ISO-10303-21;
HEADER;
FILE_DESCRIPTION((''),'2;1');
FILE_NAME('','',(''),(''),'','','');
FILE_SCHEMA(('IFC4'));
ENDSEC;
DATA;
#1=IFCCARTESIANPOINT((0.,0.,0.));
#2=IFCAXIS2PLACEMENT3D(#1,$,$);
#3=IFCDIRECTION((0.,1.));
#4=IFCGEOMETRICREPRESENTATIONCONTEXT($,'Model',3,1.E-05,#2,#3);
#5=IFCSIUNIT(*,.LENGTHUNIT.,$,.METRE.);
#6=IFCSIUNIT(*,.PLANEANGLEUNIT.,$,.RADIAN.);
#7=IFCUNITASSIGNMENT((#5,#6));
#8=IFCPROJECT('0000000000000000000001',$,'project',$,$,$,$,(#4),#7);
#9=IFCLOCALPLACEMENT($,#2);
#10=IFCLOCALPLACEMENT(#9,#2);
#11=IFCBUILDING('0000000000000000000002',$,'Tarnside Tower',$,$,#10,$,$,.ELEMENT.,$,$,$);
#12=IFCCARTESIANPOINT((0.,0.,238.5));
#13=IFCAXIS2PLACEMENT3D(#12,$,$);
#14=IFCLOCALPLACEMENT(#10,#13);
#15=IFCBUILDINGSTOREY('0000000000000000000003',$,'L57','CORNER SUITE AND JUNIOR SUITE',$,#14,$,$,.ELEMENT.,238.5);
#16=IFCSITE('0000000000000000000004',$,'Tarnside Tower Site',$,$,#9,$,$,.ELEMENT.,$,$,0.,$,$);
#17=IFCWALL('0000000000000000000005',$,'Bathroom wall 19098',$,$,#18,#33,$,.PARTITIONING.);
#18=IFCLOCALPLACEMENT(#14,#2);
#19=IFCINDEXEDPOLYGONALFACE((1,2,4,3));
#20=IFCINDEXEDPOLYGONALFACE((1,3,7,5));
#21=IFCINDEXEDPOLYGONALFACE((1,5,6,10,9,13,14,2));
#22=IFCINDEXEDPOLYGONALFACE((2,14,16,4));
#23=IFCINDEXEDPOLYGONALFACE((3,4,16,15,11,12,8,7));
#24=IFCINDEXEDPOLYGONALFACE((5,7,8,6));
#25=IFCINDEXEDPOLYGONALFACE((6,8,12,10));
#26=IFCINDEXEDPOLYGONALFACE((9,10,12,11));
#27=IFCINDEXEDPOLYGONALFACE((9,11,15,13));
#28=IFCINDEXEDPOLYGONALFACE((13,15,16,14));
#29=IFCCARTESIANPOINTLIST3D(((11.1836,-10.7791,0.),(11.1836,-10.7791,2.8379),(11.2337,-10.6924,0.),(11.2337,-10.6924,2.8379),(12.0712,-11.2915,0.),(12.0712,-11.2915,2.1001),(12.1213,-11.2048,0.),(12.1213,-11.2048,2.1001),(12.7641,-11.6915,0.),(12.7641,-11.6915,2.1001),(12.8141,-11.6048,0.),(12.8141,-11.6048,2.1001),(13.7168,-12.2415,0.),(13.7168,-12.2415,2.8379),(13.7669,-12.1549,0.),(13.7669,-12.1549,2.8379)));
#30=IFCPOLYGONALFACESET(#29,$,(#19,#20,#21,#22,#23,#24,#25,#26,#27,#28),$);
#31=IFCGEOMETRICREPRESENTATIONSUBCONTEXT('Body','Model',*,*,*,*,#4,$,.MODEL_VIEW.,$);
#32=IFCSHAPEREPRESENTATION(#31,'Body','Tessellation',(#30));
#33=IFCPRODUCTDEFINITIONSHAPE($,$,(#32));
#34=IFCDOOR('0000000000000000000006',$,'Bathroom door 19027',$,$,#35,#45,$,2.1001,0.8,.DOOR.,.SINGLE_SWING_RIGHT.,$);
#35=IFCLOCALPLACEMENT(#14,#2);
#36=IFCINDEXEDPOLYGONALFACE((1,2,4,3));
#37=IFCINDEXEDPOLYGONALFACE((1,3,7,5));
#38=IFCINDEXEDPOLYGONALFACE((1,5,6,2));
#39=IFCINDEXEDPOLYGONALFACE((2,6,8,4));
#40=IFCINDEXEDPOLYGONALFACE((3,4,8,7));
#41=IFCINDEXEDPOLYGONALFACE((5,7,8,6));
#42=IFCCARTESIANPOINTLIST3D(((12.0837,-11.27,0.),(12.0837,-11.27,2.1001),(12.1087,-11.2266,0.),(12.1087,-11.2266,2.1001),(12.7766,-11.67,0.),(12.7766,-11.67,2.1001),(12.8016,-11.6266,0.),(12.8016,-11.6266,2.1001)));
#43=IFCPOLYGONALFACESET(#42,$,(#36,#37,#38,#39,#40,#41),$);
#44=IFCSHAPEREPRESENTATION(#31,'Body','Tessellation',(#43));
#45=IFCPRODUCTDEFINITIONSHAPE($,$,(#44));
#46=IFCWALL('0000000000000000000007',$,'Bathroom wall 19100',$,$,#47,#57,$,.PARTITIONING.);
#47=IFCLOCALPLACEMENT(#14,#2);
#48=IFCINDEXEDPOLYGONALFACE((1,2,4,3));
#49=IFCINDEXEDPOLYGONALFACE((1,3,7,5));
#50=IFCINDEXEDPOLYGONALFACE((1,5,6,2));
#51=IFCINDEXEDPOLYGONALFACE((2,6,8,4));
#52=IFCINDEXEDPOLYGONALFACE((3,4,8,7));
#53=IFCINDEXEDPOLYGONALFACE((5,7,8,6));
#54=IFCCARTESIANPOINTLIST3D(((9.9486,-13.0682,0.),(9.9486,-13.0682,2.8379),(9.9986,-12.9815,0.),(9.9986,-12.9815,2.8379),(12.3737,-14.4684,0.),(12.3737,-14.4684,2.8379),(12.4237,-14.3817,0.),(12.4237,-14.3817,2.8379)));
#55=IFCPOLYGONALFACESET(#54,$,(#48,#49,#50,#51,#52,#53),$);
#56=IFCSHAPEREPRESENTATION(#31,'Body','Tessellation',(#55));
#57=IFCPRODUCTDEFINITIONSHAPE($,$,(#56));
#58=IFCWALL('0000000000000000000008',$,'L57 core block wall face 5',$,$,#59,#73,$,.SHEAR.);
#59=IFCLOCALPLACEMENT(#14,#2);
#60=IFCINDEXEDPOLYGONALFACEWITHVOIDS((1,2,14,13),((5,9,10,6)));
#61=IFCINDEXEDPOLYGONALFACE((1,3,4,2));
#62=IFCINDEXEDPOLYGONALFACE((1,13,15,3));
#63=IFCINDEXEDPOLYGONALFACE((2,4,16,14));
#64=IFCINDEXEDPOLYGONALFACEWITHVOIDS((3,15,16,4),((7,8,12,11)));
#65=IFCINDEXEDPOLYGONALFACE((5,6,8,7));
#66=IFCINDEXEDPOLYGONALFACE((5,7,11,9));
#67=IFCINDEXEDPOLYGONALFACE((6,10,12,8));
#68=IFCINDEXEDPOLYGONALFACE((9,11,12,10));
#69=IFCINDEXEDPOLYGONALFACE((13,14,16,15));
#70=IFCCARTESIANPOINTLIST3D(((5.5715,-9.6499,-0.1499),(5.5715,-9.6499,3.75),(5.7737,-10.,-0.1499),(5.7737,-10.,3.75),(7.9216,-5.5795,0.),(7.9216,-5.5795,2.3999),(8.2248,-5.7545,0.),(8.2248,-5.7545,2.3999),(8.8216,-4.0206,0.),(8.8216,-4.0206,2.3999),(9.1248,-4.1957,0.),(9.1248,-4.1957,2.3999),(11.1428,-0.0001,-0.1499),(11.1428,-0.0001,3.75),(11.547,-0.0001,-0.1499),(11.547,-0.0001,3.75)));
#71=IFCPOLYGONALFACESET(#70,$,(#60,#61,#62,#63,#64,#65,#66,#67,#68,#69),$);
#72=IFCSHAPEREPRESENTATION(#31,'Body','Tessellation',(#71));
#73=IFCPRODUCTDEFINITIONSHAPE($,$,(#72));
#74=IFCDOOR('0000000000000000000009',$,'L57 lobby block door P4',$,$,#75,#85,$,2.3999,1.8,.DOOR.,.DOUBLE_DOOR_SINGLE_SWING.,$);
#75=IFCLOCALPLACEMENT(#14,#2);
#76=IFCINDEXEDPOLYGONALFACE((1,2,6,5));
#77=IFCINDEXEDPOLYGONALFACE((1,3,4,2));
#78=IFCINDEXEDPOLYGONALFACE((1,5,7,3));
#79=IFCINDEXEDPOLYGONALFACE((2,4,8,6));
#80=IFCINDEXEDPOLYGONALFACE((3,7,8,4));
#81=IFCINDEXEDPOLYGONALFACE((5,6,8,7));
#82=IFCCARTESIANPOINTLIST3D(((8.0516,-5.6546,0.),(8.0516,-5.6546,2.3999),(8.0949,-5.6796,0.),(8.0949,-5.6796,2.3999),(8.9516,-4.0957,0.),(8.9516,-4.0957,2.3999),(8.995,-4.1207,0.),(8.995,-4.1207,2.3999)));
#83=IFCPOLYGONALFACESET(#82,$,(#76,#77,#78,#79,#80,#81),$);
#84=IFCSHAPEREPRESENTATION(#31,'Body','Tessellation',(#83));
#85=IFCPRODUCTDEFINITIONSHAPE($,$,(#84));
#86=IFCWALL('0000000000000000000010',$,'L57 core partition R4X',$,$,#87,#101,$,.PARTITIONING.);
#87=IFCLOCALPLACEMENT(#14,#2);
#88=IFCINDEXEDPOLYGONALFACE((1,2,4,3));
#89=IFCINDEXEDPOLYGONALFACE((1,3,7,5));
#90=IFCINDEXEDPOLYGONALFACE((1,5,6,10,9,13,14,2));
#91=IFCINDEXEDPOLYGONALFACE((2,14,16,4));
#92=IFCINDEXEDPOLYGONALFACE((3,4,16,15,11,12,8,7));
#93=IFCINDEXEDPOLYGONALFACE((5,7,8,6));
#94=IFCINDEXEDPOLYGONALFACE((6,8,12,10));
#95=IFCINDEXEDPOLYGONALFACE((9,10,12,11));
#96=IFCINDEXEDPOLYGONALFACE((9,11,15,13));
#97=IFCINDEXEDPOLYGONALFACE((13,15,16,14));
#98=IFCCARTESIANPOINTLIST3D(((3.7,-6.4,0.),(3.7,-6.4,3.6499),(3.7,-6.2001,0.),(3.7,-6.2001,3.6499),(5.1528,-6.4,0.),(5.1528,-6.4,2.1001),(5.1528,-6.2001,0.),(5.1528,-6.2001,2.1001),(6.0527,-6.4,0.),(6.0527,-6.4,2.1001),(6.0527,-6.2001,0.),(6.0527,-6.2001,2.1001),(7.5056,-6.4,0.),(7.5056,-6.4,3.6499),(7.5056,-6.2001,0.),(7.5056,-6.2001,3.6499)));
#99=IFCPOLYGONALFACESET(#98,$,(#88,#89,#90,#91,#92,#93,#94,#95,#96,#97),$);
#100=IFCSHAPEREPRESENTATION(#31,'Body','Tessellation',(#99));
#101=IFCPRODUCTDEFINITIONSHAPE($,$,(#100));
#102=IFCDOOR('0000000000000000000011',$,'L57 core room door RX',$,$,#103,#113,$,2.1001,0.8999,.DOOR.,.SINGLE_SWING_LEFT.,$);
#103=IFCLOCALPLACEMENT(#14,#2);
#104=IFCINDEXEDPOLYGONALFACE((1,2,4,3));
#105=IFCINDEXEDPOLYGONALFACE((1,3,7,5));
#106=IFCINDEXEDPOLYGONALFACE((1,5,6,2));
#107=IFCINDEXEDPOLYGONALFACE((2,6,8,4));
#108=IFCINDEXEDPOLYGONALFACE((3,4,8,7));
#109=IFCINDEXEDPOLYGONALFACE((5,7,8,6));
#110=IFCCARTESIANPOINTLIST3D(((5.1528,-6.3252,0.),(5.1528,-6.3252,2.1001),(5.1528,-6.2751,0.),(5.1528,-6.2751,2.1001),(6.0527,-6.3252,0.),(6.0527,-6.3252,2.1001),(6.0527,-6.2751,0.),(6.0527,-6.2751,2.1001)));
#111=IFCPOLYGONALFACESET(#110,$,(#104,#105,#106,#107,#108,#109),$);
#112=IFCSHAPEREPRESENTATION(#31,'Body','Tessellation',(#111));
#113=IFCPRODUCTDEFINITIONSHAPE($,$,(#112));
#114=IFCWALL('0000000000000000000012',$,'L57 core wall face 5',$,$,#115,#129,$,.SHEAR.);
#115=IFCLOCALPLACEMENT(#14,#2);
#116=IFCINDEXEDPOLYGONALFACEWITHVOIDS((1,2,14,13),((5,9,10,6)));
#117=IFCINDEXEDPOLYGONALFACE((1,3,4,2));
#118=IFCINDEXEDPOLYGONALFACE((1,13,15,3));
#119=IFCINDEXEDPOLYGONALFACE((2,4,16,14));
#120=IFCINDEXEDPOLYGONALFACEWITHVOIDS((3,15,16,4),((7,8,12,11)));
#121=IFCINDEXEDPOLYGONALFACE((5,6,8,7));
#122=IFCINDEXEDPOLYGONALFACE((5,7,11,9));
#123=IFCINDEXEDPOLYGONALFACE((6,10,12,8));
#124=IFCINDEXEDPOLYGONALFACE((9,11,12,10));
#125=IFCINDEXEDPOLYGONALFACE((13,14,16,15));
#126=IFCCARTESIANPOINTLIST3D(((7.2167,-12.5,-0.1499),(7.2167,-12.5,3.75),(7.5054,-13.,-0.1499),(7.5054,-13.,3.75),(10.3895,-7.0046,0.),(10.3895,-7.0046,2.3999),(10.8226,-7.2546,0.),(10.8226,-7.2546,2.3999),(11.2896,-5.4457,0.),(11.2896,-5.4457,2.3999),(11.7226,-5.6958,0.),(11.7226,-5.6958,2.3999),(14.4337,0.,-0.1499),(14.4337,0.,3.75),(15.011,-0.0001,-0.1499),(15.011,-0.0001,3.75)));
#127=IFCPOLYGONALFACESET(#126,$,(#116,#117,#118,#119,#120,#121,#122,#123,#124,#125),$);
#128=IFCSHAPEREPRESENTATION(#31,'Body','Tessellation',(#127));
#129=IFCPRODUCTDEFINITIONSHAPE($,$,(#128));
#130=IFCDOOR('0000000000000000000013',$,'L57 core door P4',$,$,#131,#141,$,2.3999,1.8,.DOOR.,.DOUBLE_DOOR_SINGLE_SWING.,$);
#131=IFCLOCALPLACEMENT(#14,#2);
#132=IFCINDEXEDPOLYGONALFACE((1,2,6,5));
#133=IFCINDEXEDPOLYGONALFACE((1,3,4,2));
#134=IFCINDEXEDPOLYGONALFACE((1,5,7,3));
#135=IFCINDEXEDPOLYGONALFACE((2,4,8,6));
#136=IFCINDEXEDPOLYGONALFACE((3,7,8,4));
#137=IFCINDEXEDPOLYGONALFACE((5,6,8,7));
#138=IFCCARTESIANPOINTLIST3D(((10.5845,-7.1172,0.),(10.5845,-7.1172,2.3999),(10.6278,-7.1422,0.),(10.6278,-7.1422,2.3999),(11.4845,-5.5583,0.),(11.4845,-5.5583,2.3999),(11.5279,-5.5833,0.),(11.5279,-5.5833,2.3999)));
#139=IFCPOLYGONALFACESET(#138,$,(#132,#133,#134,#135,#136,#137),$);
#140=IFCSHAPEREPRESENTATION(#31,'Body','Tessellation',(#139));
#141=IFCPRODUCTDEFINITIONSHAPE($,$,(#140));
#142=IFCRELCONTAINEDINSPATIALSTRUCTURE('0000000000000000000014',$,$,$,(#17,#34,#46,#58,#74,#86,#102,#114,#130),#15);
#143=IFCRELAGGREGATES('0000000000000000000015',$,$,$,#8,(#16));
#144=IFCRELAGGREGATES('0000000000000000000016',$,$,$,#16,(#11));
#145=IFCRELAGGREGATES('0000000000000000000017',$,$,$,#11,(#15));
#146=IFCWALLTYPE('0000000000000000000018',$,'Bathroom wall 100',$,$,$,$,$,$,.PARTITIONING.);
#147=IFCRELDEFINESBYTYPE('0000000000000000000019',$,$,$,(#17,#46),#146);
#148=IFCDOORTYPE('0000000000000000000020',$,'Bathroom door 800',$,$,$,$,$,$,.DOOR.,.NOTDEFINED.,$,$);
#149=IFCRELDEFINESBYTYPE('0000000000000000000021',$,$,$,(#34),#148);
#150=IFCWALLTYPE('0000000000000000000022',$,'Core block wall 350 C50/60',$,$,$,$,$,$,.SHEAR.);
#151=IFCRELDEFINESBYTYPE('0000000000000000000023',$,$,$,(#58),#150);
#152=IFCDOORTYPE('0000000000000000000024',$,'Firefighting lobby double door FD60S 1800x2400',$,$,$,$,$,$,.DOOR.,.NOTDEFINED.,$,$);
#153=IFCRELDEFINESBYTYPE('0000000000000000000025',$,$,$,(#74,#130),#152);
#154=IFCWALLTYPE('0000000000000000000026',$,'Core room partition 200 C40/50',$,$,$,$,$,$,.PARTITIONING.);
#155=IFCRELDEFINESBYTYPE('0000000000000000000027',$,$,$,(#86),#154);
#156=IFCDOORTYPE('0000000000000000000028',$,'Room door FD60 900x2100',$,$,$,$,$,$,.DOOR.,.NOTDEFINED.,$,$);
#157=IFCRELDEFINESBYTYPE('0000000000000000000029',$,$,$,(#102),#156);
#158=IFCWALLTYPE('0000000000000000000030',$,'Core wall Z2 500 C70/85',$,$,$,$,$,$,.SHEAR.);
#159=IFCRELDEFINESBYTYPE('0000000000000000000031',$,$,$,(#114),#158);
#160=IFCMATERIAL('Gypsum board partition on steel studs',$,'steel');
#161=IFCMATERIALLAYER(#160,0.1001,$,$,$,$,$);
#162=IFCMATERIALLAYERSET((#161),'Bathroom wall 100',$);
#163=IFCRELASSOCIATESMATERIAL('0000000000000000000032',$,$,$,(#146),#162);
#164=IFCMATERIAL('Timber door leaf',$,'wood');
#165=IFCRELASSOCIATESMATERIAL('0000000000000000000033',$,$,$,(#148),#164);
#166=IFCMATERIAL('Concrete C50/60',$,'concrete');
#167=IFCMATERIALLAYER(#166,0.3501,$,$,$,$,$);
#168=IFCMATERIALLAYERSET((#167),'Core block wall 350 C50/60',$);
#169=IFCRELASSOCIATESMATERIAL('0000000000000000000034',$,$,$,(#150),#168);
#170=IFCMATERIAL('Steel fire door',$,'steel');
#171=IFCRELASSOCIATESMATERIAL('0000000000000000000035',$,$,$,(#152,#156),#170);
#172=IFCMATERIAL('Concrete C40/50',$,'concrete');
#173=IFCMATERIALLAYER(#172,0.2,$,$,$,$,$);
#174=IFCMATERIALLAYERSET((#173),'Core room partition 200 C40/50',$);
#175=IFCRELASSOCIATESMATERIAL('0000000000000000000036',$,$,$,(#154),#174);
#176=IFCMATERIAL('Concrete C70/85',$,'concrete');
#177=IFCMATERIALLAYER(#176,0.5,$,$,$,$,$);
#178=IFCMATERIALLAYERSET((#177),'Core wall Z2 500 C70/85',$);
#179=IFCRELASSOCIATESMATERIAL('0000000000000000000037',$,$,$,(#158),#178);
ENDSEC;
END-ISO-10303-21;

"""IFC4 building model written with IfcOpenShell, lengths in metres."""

from ifc_helpers import new_model, si_unit, direction, frame, frame_2d, origin, place, context, subcontext, project, spatial, polyline, rectangle, outline, extrude, material, layer, layer_set, type_object, element, fill, save


model = new_model("IFC4")

# Units and contexts
model_context = context("Model", 3, precision=1e-05, world=origin(), true_north=direction((0.0, 1.0)))
body_context = subcontext(model_context, "Body", "Model", "MODEL_VIEW")
ifc_project = project(units=[si_unit("LENGTHUNIT", "METRE"), si_unit("PLANEANGLEUNIT", "RADIAN")], contexts=[model_context])

# Site, building, storey
site_placement = place(None, origin())
site = spatial("IfcSite", under=ifc_project, at=site_placement, Name="Tarnside Tower Site", CompositionType="ELEMENT", RefElevation=0.0)
building_placement = place(site_placement, origin())
building = spatial("IfcBuilding", under=site, at=building_placement, Name="Tarnside Tower", CompositionType="ELEMENT")
storey_placement = place(building_placement, frame((0.0, 0.0, 238.5)))
storey = spatial("IfcBuildingStorey", under=building, at=storey_placement, Name="L57", Description="CORNER SUITE AND JUNIOR SUITE", CompositionType="ELEMENT", Elevation=238.5)

# Wall, opening, door
ifc_material_1 = material(Name="Gypsum board partition on steel studs", Category="steel")
ifc_layer_1 = layer(ifc_material_1, 0.1001)
ifc_layer_set_1 = layer_set([ifc_layer_1], Name="Bathroom wall 100")
wall_type_1 = type_object("IfcWallType", Name="Bathroom wall 100", PredefinedType="PARTITIONING", material=ifc_layer_set_1)
wall_1_placement = place(storey_placement, frame((11.2087, -10.7358, 0.0), z_axis=(0.0, 0.0, 1.0), x_axis=(0.866047, -0.499963, 0.0)))
wall_1 = element("IfcWall", 1, at=wall_1_placement, inside=storey, type_object=wall_type_1, Name="Bathroom wall 19098", PredefinedType="PARTITIONING", context=body_context, shape_type="SweptSolid", body=[
    extrude(rectangle(XDim=2.925, YDim=0.1001, at=frame_2d((1.4624, 0.0))), origin(), (0.0, 0.0, 1.0), 2.8379),
])
opening_1_placement = place(wall_1_placement, frame((1.0249, 0.0, 0.0)))
opening_1 = element("IfcOpeningElement", 2, at=opening_1_placement, cuts=wall_1, PredefinedType="OPENING", context=body_context, shape_type="SweptSolid", body=[
    extrude(rectangle(XDim=0.8, YDim=2.1001, at=frame_2d((0.3999, 1.05))), frame((0.0, 0.0601, 0.0), z_axis=(0.0, -1.0, 0.0), x_axis=(1.0, 0.0, 0.0)), (0.0, 0.0, 1.0), 0.1201),
])
ifc_material_2 = material(Name="Timber door leaf", Category="wood")
door_type_1 = type_object("IfcDoorType", Name="Bathroom door 800", OperationType="NOTDEFINED", PredefinedType="DOOR", material=ifc_material_2)
door_1_placement = place(opening_1_placement, origin())
door_1 = element("IfcDoor", 3, at=door_1_placement, inside=storey, type_object=door_type_1, Name="Bathroom door 19027", OperationType="SINGLE_SWING_RIGHT", OverallHeight=2.1001, OverallWidth=0.8, PredefinedType="DOOR", context=body_context, shape_type="SweptSolid", body=[
    extrude(rectangle(XDim=0.8, YDim=2.1001, at=frame_2d((0.3999, 1.05))), frame((0.0, 0.0249, 0.0), z_axis=(0.0, -1.0, 0.0), x_axis=(1.0, 0.0, 0.0)), (0.0, 0.0, 1.0), 0.05),
])
fill(opening_1, door_1)

# Wall
wall_2_placement = place(storey_placement, frame((12.3987, -14.425, 0.0), z_axis=(0.0, 0.0, 1.0), x_axis=(-0.866019, 0.500012, 0.0)))
element("IfcWall", 4, at=wall_2_placement, inside=storey, type_object=wall_type_1, Name="Bathroom wall 19100", PredefinedType="PARTITIONING", context=body_context, shape_type="SweptSolid", body=[
    extrude(rectangle(XDim=2.8003, YDim=0.1001, at=frame_2d((1.4001, 0.0))), origin(), (0.0, 0.0, 1.0), 2.8379),
])

# Walls, openings, doors
ifc_material_3 = material(Name="Concrete C50/60", Category="concrete")
ifc_layer_2 = layer(ifc_material_3, 0.3501)
ifc_layer_set_2 = layer_set([ifc_layer_2], Name="Core block wall 350 C50/60")
wall_type_2 = type_object("IfcWallType", Name="Core block wall 350 C50/60", PredefinedType="SHEAR", material=ifc_layer_set_2)
wall_3_placement = place(storey_placement, frame((5.6726, -9.825, -0.1499), z_axis=(0.0, 0.0, 1.0), x_axis=(0.499995, 0.866028, 0.0)))
wall_3 = element("IfcWall", 5, at=wall_3_placement, inside=storey, type_object=wall_type_2, Name="L57 core block wall face 5", PredefinedType="SHEAR", context=body_context, shape_type="SweptSolid", body=[
    extrude(outline(polyline([(-0.1011, -0.175), (11.4458, -0.175), (11.2437, 0.175), (0.1011, 0.175), (-0.1011, -0.175)])), origin(), (0.0, 0.0, 1.0), 3.8999),
])
opening_2_placement = place(wall_3_placement, frame((4.8013, 0.0, 0.1499)))
opening_2 = element("IfcOpeningElement", 6, at=opening_2_placement, cuts=wall_3, PredefinedType="OPENING", context=body_context, shape_type="SweptSolid", body=[
    extrude(rectangle(XDim=1.8, YDim=2.3999, at=frame_2d((0.8999, 1.2))), frame((0.0, 0.1851, 0.0), z_axis=(0.0, -1.0, 0.0), x_axis=(1.0, 0.0, 0.0)), (0.0, 0.0, 1.0), 0.3701),
])
ifc_material_4 = material(Name="Steel fire door", Category="steel")
door_type_2 = type_object("IfcDoorType", Name="Firefighting lobby double door FD60S 1800x2400", OperationType="NOTDEFINED", PredefinedType="DOOR", material=ifc_material_4)
door_2_placement = place(opening_2_placement, origin())
door_2 = element("IfcDoor", 7, at=door_2_placement, inside=storey, type_object=door_type_2, Name="L57 lobby block door P4", OperationType="DOUBLE_DOOR_SINGLE_SWING", OverallHeight=2.3999, OverallWidth=1.8, PredefinedType="DOOR", context=body_context, shape_type="SweptSolid", body=[
    extrude(rectangle(XDim=1.8, YDim=2.3999, at=frame_2d((0.8999, 1.2))), frame((0.0, 0.0249, 0.0), z_axis=(0.0, -1.0, 0.0), x_axis=(1.0, 0.0, 0.0)), (0.0, 0.0, 1.0), 0.05),
])
fill(opening_2, door_2)
ifc_material_5 = material(Name="Concrete C40/50", Category="concrete")
ifc_layer_3 = layer(ifc_material_5, 0.2)
ifc_layer_set_3 = layer_set([ifc_layer_3], Name="Core room partition 200 C40/50")
wall_type_3 = type_object("IfcWallType", Name="Core room partition 200 C40/50", PredefinedType="PARTITIONING", material=ifc_layer_set_3)
wall_4_placement = place(storey_placement, frame((3.7, -6.3, 0.0), z_axis=(0.0, 0.0, 1.0), x_axis=(1.0, 0.0, 0.0)))
wall_4 = element("IfcWall", 8, at=wall_4_placement, inside=storey, type_object=wall_type_3, Name="L57 core partition R4X", PredefinedType="PARTITIONING", context=body_context, shape_type="SweptSolid", body=[
    extrude(rectangle(XDim=3.8057, YDim=0.2, at=frame_2d((1.9028, 0.0))), origin(), (0.0, 0.0, 1.0), 3.6499),
])
opening_3_placement = place(wall_4_placement, frame((1.4529, 0.0, 0.0)))
opening_3 = element("IfcOpeningElement", 9, at=opening_3_placement, cuts=wall_4, PredefinedType="OPENING", context=body_context, shape_type="SweptSolid", body=[
    extrude(rectangle(XDim=0.8999, YDim=2.1001, at=frame_2d((0.45, 1.05))), frame((0.0, 0.1099, 0.0), z_axis=(0.0, -1.0, 0.0), x_axis=(1.0, 0.0, 0.0)), (0.0, 0.0, 1.0), 0.22),
])
door_type_3 = type_object("IfcDoorType", Name="Room door FD60 900x2100", OperationType="NOTDEFINED", PredefinedType="DOOR", material=ifc_material_4)
door_3_placement = place(opening_3_placement, origin())
door_3 = element("IfcDoor", 10, at=door_3_placement, inside=storey, type_object=door_type_3, Name="L57 core room door RX", OperationType="SINGLE_SWING_LEFT", OverallHeight=2.1001, OverallWidth=0.8999, PredefinedType="DOOR", context=body_context, shape_type="SweptSolid", body=[
    extrude(rectangle(XDim=0.8999, YDim=2.1001, at=frame_2d((0.45, 1.05))), frame((0.0, 0.0249, 0.0), z_axis=(0.0, -1.0, 0.0), x_axis=(1.0, 0.0, 0.0)), (0.0, 0.0, 1.0), 0.05),
])
fill(opening_3, door_3)
ifc_material_6 = material(Name="Concrete C70/85", Category="concrete")
ifc_layer_4 = layer(ifc_material_6, 0.5)
ifc_layer_set_4 = layer_set([ifc_layer_4], Name="Core wall Z2 500 C70/85")
wall_type_4 = type_object("IfcWallType", Name="Core wall Z2 500 C70/85", PredefinedType="SHEAR", material=ifc_layer_set_4)
wall_5_placement = place(storey_placement, frame((7.3611, -12.75, -0.1499), z_axis=(0.0, 0.0, 1.0), x_axis=(0.500006, 0.866022, 0.0)))
wall_5 = element("IfcWall", 11, at=wall_5_placement, inside=storey, type_object=wall_type_4, Name="L57 core wall face 5", PredefinedType="SHEAR", context=body_context, shape_type="SweptSolid", body=[
    extrude(outline(polyline([(-0.1443, -0.25), (14.8667, -0.25), (14.5781, 0.25), (0.1443, 0.25), (-0.1443, -0.25)])), origin(), (0.0, 0.0, 1.0), 3.8999),
])
opening_4_placement = place(wall_5_placement, frame((6.49, 0.0, 0.1499)))
opening_4 = element("IfcOpeningElement", 12, at=opening_4_placement, cuts=wall_5, PredefinedType="OPENING", context=body_context, shape_type="SweptSolid", body=[
    extrude(rectangle(XDim=1.8, YDim=2.3999, at=frame_2d((0.8999, 1.2))), frame((0.0, 0.26, 0.0), z_axis=(0.0, -1.0, 0.0), x_axis=(1.0, 0.0, 0.0)), (0.0, 0.0, 1.0), 0.52),
])
door_4_placement = place(opening_4_placement, origin())
door_4 = element("IfcDoor", 13, at=door_4_placement, inside=storey, type_object=door_type_2, Name="L57 core door P4", OperationType="DOUBLE_DOOR_SINGLE_SWING", OverallHeight=2.3999, OverallWidth=1.8, PredefinedType="DOOR", context=body_context, shape_type="SweptSolid", body=[
    extrude(rectangle(XDim=1.8, YDim=2.3999, at=frame_2d((0.8999, 1.2))), frame((0.0, 0.0249, 0.0), z_axis=(0.0, -1.0, 0.0), x_axis=(1.0, 0.0, 0.0)), (0.0, 0.0, 1.0), 0.05),
])
fill(opening_4, door_4)

save(model, "model.ifc")
